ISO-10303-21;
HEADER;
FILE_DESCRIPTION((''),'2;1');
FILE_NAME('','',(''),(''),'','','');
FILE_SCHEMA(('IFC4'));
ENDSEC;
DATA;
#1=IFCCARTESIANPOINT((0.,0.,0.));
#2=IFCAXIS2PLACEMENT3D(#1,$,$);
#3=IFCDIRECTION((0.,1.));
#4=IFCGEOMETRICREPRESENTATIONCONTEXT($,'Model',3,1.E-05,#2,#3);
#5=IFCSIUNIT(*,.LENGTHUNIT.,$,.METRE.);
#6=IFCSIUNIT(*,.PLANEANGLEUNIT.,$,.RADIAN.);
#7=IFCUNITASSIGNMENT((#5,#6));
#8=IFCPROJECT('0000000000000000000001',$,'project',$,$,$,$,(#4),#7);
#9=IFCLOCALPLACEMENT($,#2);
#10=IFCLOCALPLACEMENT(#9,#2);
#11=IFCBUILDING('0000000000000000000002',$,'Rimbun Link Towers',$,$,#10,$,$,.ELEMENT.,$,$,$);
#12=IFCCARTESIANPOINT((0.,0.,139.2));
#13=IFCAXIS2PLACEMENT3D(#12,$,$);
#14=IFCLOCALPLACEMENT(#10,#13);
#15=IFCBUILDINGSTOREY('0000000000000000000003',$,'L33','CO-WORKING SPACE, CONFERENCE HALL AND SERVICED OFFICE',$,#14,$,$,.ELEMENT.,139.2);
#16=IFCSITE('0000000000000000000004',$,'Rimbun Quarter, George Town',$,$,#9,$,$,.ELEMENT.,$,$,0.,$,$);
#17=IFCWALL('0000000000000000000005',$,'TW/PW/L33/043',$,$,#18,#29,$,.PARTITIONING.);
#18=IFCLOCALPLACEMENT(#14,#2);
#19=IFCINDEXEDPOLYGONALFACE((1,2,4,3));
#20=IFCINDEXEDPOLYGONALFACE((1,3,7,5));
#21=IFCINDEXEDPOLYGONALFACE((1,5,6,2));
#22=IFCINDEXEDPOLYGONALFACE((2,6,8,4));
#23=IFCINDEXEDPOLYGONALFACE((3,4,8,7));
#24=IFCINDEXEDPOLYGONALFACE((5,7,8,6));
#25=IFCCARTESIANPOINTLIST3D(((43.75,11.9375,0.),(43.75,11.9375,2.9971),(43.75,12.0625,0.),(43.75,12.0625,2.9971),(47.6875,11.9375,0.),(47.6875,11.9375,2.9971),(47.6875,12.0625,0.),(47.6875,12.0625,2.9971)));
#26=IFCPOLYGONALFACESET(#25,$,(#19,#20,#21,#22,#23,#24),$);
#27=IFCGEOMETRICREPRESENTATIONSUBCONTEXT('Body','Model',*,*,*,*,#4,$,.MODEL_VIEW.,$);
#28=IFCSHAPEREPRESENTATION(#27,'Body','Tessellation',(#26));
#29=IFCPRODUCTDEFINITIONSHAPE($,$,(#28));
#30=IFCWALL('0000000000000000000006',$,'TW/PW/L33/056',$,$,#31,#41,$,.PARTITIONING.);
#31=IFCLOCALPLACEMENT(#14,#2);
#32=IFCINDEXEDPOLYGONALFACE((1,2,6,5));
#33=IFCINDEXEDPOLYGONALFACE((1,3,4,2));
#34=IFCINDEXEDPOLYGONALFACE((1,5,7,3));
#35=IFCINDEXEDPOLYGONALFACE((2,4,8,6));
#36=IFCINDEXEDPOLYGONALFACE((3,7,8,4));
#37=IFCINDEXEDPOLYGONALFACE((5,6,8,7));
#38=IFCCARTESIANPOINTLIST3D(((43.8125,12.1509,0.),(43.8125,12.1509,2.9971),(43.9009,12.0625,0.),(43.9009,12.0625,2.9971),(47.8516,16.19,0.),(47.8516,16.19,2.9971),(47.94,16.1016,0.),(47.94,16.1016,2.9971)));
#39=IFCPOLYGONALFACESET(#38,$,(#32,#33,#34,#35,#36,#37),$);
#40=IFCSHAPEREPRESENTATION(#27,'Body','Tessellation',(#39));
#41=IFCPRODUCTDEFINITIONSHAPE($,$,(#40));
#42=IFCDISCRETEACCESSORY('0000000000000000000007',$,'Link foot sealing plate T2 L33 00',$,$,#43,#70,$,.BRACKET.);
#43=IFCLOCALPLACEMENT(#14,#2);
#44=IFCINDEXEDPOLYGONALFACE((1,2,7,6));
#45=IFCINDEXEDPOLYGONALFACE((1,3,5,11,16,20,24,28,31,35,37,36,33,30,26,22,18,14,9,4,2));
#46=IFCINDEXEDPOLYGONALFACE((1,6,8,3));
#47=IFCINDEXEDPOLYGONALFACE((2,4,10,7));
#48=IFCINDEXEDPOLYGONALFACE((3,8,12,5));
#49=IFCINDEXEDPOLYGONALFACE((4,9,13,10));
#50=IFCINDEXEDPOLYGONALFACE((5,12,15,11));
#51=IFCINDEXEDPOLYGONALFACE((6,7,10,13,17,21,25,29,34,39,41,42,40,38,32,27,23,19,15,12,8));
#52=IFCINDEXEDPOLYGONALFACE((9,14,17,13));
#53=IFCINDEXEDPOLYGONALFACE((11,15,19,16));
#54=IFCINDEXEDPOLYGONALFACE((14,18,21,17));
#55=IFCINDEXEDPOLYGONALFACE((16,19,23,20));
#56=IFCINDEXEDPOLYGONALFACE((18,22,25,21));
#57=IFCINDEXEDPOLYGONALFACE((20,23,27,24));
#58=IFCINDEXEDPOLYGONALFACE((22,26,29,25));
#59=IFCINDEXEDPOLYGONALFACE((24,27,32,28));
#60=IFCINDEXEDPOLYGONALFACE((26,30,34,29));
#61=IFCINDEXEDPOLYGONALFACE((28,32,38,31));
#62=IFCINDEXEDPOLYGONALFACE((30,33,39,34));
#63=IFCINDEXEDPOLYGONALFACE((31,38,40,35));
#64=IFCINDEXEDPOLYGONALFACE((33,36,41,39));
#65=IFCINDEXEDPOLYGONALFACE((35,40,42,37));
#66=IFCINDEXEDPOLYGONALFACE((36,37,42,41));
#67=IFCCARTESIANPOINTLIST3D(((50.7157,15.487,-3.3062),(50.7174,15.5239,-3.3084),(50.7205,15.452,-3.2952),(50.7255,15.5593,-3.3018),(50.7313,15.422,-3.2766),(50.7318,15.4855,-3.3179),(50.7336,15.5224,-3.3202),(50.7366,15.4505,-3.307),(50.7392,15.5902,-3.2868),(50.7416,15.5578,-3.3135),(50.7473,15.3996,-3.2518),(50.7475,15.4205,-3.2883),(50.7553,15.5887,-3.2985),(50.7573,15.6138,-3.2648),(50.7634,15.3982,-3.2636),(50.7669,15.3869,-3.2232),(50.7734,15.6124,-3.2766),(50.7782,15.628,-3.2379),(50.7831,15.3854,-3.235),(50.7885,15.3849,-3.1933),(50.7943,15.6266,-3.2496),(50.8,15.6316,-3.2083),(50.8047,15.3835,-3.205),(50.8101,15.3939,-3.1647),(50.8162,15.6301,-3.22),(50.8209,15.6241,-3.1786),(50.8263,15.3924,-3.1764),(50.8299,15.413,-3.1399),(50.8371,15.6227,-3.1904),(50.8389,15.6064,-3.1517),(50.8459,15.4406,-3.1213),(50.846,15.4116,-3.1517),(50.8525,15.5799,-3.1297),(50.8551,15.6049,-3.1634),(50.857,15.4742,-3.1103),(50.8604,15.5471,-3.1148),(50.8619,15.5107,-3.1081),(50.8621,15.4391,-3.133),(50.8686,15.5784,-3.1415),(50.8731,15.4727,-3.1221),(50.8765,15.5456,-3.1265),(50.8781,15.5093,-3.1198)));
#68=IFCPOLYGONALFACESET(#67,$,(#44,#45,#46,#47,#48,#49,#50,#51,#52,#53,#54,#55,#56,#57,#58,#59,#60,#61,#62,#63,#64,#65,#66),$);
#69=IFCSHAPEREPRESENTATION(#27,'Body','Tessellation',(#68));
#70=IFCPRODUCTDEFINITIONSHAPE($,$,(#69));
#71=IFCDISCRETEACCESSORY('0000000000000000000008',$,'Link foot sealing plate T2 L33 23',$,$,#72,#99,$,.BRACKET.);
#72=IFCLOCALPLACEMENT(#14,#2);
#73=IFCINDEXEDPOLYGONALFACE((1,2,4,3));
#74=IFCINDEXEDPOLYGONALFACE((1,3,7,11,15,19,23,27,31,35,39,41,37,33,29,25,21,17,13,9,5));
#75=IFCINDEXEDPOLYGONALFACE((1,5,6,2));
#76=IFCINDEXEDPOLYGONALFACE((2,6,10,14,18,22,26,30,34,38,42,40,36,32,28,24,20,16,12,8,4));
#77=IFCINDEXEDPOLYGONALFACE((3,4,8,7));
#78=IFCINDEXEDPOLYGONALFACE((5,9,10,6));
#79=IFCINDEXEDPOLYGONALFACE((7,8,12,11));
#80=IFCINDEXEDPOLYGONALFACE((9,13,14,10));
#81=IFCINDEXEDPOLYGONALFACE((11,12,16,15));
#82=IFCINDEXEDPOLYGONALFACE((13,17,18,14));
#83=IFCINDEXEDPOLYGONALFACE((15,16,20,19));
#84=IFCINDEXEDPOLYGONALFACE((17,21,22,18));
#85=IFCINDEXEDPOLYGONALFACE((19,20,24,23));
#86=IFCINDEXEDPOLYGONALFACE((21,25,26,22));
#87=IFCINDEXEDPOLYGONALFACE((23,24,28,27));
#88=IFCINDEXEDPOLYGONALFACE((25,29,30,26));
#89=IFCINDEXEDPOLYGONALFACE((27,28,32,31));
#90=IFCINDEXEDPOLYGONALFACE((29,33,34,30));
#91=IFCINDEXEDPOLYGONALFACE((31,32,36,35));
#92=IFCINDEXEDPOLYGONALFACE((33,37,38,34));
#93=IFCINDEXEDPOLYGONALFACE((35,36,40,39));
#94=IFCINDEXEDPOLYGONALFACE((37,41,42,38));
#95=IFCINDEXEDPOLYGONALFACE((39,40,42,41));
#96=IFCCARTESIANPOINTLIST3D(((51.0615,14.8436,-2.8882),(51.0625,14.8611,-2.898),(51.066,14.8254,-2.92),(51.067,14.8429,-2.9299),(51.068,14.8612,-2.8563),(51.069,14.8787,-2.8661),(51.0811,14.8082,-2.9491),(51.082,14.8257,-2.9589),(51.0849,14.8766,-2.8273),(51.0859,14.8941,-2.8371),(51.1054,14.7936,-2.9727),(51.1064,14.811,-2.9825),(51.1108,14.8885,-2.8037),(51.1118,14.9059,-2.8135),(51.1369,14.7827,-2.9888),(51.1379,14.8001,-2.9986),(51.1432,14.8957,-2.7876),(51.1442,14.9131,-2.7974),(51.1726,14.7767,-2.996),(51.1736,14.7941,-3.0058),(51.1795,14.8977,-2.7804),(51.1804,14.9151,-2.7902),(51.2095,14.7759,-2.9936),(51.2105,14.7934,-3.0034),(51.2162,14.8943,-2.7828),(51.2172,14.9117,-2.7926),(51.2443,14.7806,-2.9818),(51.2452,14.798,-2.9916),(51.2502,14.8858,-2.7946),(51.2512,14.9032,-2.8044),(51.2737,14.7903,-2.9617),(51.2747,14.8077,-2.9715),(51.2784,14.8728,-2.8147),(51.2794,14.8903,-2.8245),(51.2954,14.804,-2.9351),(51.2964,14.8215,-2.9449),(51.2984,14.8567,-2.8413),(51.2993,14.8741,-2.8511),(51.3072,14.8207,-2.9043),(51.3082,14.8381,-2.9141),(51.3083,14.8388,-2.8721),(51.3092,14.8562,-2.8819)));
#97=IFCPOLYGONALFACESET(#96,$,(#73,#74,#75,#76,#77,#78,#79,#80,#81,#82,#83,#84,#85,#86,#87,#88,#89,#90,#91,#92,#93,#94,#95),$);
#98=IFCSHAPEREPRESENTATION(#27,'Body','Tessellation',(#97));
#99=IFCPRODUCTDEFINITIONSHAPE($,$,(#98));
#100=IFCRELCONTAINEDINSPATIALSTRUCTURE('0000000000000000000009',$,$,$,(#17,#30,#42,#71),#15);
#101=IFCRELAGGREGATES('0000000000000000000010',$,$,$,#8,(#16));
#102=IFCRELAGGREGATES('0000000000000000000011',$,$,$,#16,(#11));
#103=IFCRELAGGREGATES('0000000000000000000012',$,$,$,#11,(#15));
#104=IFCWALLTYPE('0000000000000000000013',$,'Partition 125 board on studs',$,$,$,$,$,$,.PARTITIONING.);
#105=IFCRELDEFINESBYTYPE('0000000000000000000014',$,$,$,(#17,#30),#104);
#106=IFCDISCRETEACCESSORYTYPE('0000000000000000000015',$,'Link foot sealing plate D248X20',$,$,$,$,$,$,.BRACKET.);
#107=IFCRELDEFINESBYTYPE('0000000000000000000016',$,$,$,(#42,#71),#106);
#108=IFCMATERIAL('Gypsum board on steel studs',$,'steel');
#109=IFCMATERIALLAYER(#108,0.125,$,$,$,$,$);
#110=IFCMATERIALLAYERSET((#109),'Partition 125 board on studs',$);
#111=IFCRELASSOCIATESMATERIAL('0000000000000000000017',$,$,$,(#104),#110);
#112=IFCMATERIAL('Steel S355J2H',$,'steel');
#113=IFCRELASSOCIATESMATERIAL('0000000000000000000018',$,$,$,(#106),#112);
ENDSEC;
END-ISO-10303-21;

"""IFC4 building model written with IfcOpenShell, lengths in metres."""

from ifc_helpers import new_model, si_unit, direction, frame, frame_2d, origin, origin_2d, place, context, subcontext, project, spatial, rectangle, circle, extrude, material, layer, layer_set, material_profile, profile_set, type_object, element, save


model = new_model("IFC4")

# Units and contexts
model_context = context("Model", 3, precision=1e-05, world=origin(), true_north=direction((0.0, 1.0)))
body_context = subcontext(model_context, "Body", "Model", "MODEL_VIEW")
ifc_project = project(units=[si_unit("LENGTHUNIT", "METRE"), si_unit("PLANEANGLEUNIT", "RADIAN")], contexts=[model_context])

# Site, building, storey
site_placement = place(None, origin())
site = spatial("IfcSite", under=ifc_project, at=site_placement, Name="Rimbun Quarter, George Town", CompositionType="ELEMENT", RefElevation=0.0)
building_placement = place(site_placement, origin())
building = spatial("IfcBuilding", under=site, at=building_placement, Name="Rimbun Link Towers", CompositionType="ELEMENT")
storey_placement = place(building_placement, frame((0.0, 0.0, 139.2)))
storey = spatial("IfcBuildingStorey", under=building, at=storey_placement, Name="L33", Description="CO-WORKING SPACE, CONFERENCE HALL AND SERVICED OFFICE", CompositionType="ELEMENT", Elevation=139.2)

# Walls
ifc_material_1 = material(Name="Gypsum board on steel studs", Category="steel")
ifc_layer_1 = layer(ifc_material_1, 0.125)
ifc_layer_set_1 = layer_set([ifc_layer_1], Name="Partition 125 board on studs")
wall_type = type_object("IfcWallType", Name="Partition 125 board on studs", PredefinedType="PARTITIONING", material=ifc_layer_set_1)
wall_1_placement = place(storey_placement, frame((47.6875, 12.0, 0.0), z_axis=(0.0, 0.0, 1.0), x_axis=(-1.0, 0.0, 0.0)))
element("IfcWall", 1, at=wall_1_placement, inside=storey, type_object=wall_type, Name="TW/PW/L33/043", PredefinedType="PARTITIONING", context=body_context, shape_type="SweptSolid", body=[
    extrude(rectangle(XDim=3.9375, YDim=0.125, at=frame_2d((1.9688, 0.0))), origin(), (0.0, 0.0, 1.0), 2.9971),
])
wall_2_placement = place(storey_placement, frame((47.8958, 16.1458, 0.0), z_axis=(0.0, 0.0, 1.0), x_axis=(-0.707107, -0.707107, 0.0)))
element("IfcWall", 2, at=wall_2_placement, inside=storey, type_object=wall_type, Name="TW/PW/L33/056", PredefinedType="PARTITIONING", context=body_context, shape_type="SweptSolid", body=[
    extrude(rectangle(XDim=5.7122, YDim=0.125, at=frame_2d((2.856, 0.0))), origin(), (0.0, 0.0, 1.0), 2.9971),
])

# Discrete accessories
ifc_material_2 = material(Name="Steel S355J2H", Category="steel")
ifc_material_profile_1 = material_profile(ifc_material_2, circle(Radius=0.124, at=origin_2d()), Name="PL D248")
ifc_profile_set_1 = profile_set([ifc_material_profile_1], Name="Steel S355J2H")
discrete_accessory_type = type_object("IfcDiscreteAccessoryType", Name="Link foot sealing plate D248X20", PredefinedType="BRACKET", material=ifc_profile_set_1)
for number, where, z_axis, x_axis, name in (
    (3, (50.7888, 15.5081, -3.2083), (0.806559, -0.073324, -0.586588), (0.090536, 0.995893, 0.0), "Link foot sealing plate T2 L33 00"),
    (4, (51.1853, 14.8367, -2.8882), (0.049025, 0.8702, -0.490254), (-0.998417, 0.056249, 0.0), "Link foot sealing plate T2 L33 23"),
):
    element("IfcDiscreteAccessory", number, at=place(storey_placement, frame(where, z_axis=z_axis, x_axis=x_axis)), inside=storey, type_object=discrete_accessory_type, Name=name, PredefinedType="BRACKET", context=body_context, shape_type="SweptSolid", body=[
        extrude(circle(Radius=0.124, at=origin_2d()), origin(), (0.0, 0.0, 1.0), 0.02),
    ])

save(model, "model.ifc")
